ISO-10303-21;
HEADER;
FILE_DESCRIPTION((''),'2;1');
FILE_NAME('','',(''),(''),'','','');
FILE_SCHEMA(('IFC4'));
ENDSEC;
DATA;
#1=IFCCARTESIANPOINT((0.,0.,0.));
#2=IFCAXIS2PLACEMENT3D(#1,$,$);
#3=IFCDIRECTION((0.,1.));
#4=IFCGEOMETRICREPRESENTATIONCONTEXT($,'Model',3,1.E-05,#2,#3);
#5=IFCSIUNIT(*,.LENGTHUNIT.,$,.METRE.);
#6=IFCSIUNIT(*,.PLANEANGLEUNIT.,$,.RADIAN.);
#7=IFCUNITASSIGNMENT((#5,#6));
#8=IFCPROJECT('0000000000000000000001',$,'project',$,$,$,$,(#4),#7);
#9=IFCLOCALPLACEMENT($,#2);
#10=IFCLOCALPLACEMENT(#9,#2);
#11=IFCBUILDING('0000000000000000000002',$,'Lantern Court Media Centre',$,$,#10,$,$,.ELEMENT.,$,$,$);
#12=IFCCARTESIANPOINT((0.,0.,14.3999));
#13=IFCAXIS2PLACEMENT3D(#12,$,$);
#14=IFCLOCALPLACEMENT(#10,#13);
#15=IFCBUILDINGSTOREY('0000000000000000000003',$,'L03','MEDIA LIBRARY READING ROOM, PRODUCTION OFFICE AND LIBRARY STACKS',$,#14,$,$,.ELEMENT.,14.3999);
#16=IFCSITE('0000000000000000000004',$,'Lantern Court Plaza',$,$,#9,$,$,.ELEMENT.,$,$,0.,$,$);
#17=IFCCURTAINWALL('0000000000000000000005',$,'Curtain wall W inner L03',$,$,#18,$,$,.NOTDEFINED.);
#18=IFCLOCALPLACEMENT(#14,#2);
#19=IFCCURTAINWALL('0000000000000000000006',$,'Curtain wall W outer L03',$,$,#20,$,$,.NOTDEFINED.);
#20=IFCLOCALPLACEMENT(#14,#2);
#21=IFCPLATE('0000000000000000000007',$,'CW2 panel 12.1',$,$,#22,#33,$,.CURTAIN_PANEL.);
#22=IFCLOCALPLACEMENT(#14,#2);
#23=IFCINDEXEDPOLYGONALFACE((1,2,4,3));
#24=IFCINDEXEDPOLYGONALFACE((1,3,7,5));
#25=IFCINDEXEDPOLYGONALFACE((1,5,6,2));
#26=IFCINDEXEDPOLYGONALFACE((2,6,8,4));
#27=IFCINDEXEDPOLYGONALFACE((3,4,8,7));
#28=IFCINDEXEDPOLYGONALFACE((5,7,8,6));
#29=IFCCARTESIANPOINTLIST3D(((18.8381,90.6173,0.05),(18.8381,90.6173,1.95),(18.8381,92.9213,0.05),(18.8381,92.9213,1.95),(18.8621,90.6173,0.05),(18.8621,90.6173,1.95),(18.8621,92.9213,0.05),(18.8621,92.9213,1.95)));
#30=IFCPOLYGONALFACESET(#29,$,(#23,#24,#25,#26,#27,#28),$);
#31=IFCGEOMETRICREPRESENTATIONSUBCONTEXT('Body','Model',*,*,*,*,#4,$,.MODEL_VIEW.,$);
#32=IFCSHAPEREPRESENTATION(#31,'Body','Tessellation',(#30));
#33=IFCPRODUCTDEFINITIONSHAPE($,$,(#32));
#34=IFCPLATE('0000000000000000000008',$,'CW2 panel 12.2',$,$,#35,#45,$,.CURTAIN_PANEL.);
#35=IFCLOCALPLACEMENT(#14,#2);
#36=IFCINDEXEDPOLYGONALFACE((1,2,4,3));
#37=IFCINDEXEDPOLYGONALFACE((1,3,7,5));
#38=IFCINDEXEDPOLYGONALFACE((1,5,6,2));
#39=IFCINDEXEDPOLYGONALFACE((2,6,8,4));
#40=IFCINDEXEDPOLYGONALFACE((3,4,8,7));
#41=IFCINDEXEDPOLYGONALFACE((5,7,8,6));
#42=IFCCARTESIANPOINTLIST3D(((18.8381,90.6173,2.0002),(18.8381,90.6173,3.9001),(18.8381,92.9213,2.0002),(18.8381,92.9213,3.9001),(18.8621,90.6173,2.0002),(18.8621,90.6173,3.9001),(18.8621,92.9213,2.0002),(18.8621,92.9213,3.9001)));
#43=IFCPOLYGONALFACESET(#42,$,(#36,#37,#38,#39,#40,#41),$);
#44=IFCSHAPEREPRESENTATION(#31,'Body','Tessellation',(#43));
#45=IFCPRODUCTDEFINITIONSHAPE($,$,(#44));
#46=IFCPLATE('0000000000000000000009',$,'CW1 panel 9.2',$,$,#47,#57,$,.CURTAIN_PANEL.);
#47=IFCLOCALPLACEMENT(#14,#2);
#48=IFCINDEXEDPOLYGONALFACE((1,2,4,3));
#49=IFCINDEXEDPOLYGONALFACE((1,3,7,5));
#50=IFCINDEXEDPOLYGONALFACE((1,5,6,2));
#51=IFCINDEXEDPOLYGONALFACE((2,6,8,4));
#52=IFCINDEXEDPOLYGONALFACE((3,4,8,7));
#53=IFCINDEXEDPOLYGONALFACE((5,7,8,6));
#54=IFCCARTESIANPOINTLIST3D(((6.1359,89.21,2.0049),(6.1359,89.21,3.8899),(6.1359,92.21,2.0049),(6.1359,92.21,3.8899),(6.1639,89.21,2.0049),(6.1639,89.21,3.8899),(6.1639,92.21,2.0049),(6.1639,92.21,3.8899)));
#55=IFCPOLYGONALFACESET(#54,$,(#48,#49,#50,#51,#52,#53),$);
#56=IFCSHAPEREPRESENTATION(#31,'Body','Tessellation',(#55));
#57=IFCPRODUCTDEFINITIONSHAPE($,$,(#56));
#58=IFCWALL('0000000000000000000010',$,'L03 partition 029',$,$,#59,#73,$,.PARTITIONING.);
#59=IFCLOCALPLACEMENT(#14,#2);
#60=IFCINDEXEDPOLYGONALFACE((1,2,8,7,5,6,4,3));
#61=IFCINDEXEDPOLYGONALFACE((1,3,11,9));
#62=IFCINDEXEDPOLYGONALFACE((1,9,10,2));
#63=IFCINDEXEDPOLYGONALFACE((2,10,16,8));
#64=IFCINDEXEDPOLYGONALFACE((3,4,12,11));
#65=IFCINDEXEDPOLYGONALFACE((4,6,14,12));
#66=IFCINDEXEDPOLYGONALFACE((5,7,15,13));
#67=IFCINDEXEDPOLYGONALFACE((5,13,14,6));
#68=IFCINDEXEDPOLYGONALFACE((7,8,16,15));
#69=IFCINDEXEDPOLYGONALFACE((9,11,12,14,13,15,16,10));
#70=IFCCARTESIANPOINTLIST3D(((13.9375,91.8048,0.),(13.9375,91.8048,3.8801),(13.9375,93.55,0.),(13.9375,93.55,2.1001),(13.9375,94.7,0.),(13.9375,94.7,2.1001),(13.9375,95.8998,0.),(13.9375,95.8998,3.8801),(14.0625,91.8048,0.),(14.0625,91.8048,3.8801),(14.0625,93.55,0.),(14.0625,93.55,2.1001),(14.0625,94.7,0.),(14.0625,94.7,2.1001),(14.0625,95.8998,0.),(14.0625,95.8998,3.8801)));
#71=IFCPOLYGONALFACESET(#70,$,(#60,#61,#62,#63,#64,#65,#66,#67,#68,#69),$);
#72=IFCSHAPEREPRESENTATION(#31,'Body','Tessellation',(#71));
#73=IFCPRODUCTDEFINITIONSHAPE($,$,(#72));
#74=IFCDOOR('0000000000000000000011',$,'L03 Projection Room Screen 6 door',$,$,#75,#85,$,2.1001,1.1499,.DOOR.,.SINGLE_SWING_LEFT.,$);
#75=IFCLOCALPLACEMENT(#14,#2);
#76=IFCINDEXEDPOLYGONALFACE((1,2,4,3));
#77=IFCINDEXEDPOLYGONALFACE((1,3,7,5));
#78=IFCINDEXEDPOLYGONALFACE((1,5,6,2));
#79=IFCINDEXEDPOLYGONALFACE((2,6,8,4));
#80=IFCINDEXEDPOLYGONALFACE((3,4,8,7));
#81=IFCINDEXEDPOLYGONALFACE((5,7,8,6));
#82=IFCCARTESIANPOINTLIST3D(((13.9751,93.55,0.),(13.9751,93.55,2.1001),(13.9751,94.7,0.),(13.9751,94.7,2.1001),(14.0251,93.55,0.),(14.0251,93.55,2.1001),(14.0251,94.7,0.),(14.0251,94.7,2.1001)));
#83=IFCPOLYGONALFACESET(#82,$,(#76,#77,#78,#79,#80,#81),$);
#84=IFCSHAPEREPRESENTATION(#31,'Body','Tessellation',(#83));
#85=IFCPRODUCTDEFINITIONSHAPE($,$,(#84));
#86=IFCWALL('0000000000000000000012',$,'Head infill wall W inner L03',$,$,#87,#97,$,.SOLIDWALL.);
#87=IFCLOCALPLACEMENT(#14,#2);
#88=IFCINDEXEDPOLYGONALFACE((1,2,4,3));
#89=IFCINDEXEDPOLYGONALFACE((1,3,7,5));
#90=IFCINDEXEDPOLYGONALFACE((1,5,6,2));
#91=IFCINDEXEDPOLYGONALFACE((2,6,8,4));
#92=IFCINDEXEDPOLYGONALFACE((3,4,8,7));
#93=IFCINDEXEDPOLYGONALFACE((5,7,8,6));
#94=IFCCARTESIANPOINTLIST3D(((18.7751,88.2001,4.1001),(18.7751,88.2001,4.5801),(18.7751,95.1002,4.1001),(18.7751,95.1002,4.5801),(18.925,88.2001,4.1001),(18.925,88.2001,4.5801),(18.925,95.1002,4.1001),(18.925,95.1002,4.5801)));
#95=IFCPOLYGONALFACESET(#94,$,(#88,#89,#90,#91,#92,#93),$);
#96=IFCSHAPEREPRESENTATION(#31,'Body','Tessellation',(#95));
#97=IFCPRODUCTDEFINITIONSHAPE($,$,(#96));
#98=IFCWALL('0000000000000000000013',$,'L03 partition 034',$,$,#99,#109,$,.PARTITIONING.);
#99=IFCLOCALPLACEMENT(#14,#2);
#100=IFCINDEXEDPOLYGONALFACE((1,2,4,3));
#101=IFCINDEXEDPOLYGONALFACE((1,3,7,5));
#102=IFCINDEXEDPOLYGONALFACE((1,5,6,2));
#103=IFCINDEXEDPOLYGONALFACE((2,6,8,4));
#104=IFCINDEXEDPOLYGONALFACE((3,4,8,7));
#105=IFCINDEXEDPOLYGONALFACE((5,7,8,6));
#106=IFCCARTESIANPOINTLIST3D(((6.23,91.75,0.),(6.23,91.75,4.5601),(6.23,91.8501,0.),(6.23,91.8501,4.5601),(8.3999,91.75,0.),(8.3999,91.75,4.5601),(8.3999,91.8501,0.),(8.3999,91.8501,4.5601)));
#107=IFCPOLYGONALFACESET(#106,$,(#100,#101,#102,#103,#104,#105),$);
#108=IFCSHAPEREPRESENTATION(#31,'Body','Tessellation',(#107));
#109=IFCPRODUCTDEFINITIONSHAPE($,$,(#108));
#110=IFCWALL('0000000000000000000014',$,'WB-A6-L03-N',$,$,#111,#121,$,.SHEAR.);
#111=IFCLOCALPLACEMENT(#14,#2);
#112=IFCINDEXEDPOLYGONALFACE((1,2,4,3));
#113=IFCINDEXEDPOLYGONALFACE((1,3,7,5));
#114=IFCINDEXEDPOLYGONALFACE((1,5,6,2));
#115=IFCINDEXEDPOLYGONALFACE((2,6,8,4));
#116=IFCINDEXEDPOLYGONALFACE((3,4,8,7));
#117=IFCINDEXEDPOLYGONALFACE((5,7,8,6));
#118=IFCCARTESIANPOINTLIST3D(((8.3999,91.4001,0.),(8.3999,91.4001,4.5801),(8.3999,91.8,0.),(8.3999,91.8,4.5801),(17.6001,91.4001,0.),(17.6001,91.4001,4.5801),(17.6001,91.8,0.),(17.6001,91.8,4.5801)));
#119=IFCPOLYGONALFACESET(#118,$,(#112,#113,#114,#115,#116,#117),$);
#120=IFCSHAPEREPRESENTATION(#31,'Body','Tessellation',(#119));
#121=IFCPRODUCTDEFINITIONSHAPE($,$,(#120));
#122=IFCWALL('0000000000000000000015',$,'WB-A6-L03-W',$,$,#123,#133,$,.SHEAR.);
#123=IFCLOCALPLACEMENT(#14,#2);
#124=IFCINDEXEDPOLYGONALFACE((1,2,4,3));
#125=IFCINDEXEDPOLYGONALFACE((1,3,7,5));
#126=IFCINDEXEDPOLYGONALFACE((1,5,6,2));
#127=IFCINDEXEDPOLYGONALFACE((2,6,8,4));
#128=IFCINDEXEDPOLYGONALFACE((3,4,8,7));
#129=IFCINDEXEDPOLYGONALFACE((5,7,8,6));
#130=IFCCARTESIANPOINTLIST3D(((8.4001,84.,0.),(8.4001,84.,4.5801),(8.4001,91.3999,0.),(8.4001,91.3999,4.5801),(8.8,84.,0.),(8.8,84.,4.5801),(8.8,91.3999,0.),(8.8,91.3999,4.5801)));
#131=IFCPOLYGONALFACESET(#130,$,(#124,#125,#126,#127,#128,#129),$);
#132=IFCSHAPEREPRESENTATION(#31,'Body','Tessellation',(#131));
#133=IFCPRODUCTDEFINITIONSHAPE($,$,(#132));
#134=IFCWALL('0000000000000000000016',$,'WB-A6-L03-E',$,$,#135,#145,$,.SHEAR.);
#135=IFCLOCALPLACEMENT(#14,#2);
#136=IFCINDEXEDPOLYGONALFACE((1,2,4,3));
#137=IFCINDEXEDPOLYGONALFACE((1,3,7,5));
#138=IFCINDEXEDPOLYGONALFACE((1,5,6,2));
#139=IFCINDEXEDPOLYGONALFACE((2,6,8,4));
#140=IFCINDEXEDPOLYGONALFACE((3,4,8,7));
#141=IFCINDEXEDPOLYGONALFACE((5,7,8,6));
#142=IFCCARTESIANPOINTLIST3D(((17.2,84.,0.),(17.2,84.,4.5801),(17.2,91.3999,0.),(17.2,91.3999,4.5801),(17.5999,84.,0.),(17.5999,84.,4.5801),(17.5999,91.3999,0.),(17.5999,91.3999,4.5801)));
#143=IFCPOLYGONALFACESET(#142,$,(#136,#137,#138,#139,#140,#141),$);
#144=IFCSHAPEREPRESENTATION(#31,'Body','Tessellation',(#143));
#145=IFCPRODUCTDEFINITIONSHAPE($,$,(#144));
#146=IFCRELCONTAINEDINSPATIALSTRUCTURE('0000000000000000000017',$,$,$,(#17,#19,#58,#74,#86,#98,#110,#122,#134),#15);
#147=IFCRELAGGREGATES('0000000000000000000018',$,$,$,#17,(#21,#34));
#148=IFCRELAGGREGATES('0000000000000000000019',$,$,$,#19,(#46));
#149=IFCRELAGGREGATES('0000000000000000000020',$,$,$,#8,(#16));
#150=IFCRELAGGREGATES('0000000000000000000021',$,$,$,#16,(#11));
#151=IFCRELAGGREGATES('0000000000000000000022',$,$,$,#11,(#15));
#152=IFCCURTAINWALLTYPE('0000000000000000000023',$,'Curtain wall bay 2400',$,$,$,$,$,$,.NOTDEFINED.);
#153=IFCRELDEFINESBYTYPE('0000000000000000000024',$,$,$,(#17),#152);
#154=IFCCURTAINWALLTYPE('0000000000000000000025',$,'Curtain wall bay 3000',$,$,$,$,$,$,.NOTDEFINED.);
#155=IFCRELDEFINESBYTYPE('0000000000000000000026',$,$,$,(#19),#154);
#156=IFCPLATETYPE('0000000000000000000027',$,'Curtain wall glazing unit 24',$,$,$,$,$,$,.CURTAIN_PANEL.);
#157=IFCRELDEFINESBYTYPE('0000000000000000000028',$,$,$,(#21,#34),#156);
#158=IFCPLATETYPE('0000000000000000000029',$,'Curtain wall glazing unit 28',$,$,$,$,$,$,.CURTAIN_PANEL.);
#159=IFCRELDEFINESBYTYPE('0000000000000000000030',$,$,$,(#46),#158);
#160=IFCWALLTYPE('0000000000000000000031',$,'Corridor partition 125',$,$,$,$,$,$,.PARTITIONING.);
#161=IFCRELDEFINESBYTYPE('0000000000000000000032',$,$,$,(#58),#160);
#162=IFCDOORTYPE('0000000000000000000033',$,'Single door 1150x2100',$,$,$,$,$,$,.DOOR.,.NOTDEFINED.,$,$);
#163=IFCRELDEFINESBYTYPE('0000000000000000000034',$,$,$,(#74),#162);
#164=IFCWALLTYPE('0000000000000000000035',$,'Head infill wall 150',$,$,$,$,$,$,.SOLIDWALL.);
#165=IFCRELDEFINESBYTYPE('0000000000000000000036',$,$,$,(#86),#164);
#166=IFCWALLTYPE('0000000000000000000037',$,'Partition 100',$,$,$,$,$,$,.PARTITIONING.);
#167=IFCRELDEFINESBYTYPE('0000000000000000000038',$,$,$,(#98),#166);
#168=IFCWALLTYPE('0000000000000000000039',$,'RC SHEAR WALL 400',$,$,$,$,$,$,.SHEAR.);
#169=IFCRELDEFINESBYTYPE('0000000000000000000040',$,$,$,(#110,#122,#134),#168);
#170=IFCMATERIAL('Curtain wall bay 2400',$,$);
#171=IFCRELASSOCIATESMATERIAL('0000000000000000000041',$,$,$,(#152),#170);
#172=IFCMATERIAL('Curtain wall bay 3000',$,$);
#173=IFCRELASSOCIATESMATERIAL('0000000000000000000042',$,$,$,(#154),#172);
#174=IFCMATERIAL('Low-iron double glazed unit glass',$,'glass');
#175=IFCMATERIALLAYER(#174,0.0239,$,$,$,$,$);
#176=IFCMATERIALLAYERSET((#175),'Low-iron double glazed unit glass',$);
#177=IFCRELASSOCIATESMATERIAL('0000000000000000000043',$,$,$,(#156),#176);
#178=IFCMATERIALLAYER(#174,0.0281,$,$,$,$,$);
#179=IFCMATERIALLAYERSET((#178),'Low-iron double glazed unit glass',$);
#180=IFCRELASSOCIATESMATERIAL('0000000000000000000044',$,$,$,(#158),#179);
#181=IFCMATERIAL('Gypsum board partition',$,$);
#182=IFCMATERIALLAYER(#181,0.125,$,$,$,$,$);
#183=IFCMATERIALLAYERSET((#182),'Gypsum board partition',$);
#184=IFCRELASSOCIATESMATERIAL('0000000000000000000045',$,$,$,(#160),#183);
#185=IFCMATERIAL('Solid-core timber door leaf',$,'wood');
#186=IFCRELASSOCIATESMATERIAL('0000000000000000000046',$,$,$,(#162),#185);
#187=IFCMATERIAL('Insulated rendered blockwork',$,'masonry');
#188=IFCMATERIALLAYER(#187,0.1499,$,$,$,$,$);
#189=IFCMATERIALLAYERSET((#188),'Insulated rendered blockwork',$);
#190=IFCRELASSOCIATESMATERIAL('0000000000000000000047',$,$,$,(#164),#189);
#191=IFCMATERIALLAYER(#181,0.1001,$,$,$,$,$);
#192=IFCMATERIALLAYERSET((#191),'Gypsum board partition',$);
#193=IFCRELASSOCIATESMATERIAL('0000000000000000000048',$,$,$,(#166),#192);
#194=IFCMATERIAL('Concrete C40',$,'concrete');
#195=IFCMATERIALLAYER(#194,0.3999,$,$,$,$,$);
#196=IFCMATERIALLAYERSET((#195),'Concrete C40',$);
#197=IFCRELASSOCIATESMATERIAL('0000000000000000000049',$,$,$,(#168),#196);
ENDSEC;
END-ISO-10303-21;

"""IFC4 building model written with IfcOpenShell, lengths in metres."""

from ifc_helpers import new_model, si_unit, direction, frame, frame_2d, origin, origin_2d, place, context, subcontext, project, spatial, rectangle, extrude, material, layer, layer_set, type_object, element, fill, aggregate, save


model = new_model("IFC4")

# Units and contexts
model_context = context("Model", 3, precision=1e-05, world=origin(), true_north=direction((0.0, 1.0)))
body_context = subcontext(model_context, "Body", "Model", "MODEL_VIEW")
ifc_project = project(units=[si_unit("LENGTHUNIT", "METRE"), si_unit("PLANEANGLEUNIT", "RADIAN")], contexts=[model_context])

# Site, building, storey
site_placement = place(None, origin())
site = spatial("IfcSite", under=ifc_project, at=site_placement, Name="Lantern Court Plaza", CompositionType="ELEMENT", RefElevation=0.0)
building_placement = place(site_placement, origin())
building = spatial("IfcBuilding", under=site, at=building_placement, Name="Lantern Court Media Centre", CompositionType="ELEMENT")
storey_placement = place(building_placement, frame((0.0, 0.0, 14.3999)))
storey = spatial("IfcBuildingStorey", under=building, at=storey_placement, Name="L03", Description="MEDIA LIBRARY READING ROOM, PRODUCTION OFFICE AND LIBRARY STACKS", CompositionType="ELEMENT", Elevation=14.3999)

# Curtain walls
ifc_material_1 = material(Name="Curtain wall bay 2400")
curtain_wall_type_1 = type_object("IfcCurtainWallType", Name="Curtain wall bay 2400", PredefinedType="NOTDEFINED", material=ifc_material_1)
curtain_wall_1_placement = place(storey_placement, origin())
curtain_wall_1 = element("IfcCurtainWall", 1, at=curtain_wall_1_placement, inside=storey, type_object=curtain_wall_type_1, Name="Curtain wall W inner L03", PredefinedType="NOTDEFINED")
ifc_material_2 = material(Name="Curtain wall bay 3000")
curtain_wall_type_2 = type_object("IfcCurtainWallType", Name="Curtain wall bay 3000", PredefinedType="NOTDEFINED", material=ifc_material_2)
curtain_wall_2_placement = place(storey_placement, origin())
curtain_wall_2 = element("IfcCurtainWall", 2, at=curtain_wall_2_placement, inside=storey, type_object=curtain_wall_type_2, Name="Curtain wall W outer L03", PredefinedType="NOTDEFINED")

# Plates
ifc_material_3 = material(Name="Low-iron double glazed unit glass", Category="glass")
ifc_layer_1 = layer(ifc_material_3, 0.0239)
ifc_layer_set_1 = layer_set([ifc_layer_1], Name="Low-iron double glazed unit glass")
plate_type_1 = type_object("IfcPlateType", Name="Curtain wall glazing unit 24", PredefinedType="CURTAIN_PANEL", material=ifc_layer_set_1)
plate_1_placement = place(storey_placement, frame((18.8501, 91.7693, 0.05), z_axis=(0.0, 0.0, 1.0), x_axis=(0.0, 1.0, 0.0)))
plate_1 = element("IfcPlate", 3, at=plate_1_placement, type_object=plate_type_1, Name="CW2 panel 12.1", PredefinedType="CURTAIN_PANEL", context=body_context, shape_type="SweptSolid", body=[
    extrude(rectangle(XDim=2.304, YDim=0.0239, at=origin_2d()), origin(), (0.0, 0.0, 1.0), 1.8999),
])
plate_2_placement = place(storey_placement, frame((18.8501, 91.7693, 2.0002), z_axis=(0.0, 0.0, 1.0), x_axis=(0.0, 1.0, 0.0)))
plate_2 = element("IfcPlate", 4, at=plate_2_placement, type_object=plate_type_1, Name="CW2 panel 12.2", PredefinedType="CURTAIN_PANEL", context=body_context, shape_type="SweptSolid", body=[
    extrude(rectangle(XDim=2.304, YDim=0.0239, at=origin_2d()), origin(), (0.0, 0.0, 1.0), 1.8999),
])
aggregate(curtain_wall_1, [plate_1, plate_2])
ifc_layer_2 = layer(ifc_material_3, 0.0281)
ifc_layer_set_2 = layer_set([ifc_layer_2], Name="Low-iron double glazed unit glass")
plate_type_2 = type_object("IfcPlateType", Name="Curtain wall glazing unit 28", PredefinedType="CURTAIN_PANEL", material=ifc_layer_set_2)
plate_3_placement = place(storey_placement, frame((6.1499, 90.71, 2.0049), z_axis=(0.0, 0.0, 1.0), x_axis=(0.0, 1.0, 0.0)))
plate_3 = element("IfcPlate", 5, at=plate_3_placement, type_object=plate_type_2, Name="CW1 panel 9.2", PredefinedType="CURTAIN_PANEL", context=body_context, shape_type="SweptSolid", body=[
    extrude(rectangle(XDim=3.0, YDim=0.0281, at=origin_2d()), origin(), (0.0, 0.0, 1.0), 1.885),
])
aggregate(curtain_wall_2, [plate_3])

# Wall, opening, door
ifc_material_4 = material(Name="Gypsum board partition")
ifc_layer_3 = layer(ifc_material_4, 0.125)
ifc_layer_set_3 = layer_set([ifc_layer_3], Name="Gypsum board partition")
wall_type_1 = type_object("IfcWallType", Name="Corridor partition 125", PredefinedType="PARTITIONING", material=ifc_layer_set_3)
wall_1_placement = place(storey_placement, frame((14.0, 91.8049, 0.0), z_axis=(0.0, 0.0, 1.0), x_axis=(0.0, 1.0, 0.0)))
wall_1 = element("IfcWall", 6, at=wall_1_placement, inside=storey, type_object=wall_type_1, Name="L03 partition 029", PredefinedType="PARTITIONING", context=body_context, shape_type="SweptSolid", body=[
    extrude(rectangle(XDim=4.095, YDim=0.125, at=frame_2d((2.0474, 0.0))), origin(), (0.0, 0.0, 1.0), 3.8801),
])
opening_placement = place(wall_1_placement, frame((1.7451, 0.0, 0.0)))
opening = element("IfcOpeningElement", 7, at=opening_placement, cuts=wall_1, PredefinedType="OPENING", context=body_context, shape_type="SweptSolid", body=[
    extrude(rectangle(XDim=1.1499, YDim=2.1001, at=frame_2d((0.575, 1.05))), frame((0.0, 0.0725, 0.0), z_axis=(0.0, -1.0, 0.0), x_axis=(1.0, 0.0, 0.0)), (0.0, 0.0, 1.0), 0.145),
])
ifc_material_5 = material(Name="Solid-core timber door leaf", Category="wood")
door_type = type_object("IfcDoorType", Name="Single door 1150x2100", OperationType="NOTDEFINED", PredefinedType="DOOR", material=ifc_material_5)
door_placement = place(opening_placement, origin())
door = element("IfcDoor", 8, at=door_placement, inside=storey, type_object=door_type, Name="L03 Projection Room Screen 6 door", OperationType="SINGLE_SWING_LEFT", OverallHeight=2.1001, OverallWidth=1.1499, PredefinedType="DOOR", context=body_context, shape_type="SweptSolid", body=[
    extrude(rectangle(XDim=1.1499, YDim=2.1001, at=frame_2d((0.575, 1.05))), frame((0.0, 0.0249, 0.0), z_axis=(0.0, -1.0, 0.0), x_axis=(1.0, 0.0, 0.0)), (0.0, 0.0, 1.0), 0.05),
])
fill(opening, door)

# Walls
ifc_material_6 = material(Name="Insulated rendered blockwork", Category="masonry")
ifc_layer_4 = layer(ifc_material_6, 0.1499)
ifc_layer_set_4 = layer_set([ifc_layer_4], Name="Insulated rendered blockwork")
wall_type_2 = type_object("IfcWallType", Name="Head infill wall 150", PredefinedType="SOLIDWALL", material=ifc_layer_set_4)
wall_2_placement = place(storey_placement, frame((18.8501, 88.2, 4.1001), z_axis=(0.0, 0.0, 1.0), x_axis=(0.0, 1.0, 0.0)))
element("IfcWall", 9, at=wall_2_placement, inside=storey, type_object=wall_type_2, Name="Head infill wall W inner L03", PredefinedType="SOLIDWALL", context=body_context, shape_type="SweptSolid", body=[
    extrude(rectangle(XDim=6.9001, YDim=0.1499, at=frame_2d((3.4502, 0.0))), origin(), (0.0, 0.0, 1.0), 0.48),
])
ifc_layer_5 = layer(ifc_material_4, 0.1001)
ifc_layer_set_5 = layer_set([ifc_layer_5], Name="Gypsum board partition")
wall_type_3 = type_object("IfcWallType", Name="Partition 100", PredefinedType="PARTITIONING", material=ifc_layer_set_5)
wall_3_placement = place(storey_placement, frame((6.23, 91.8, 0.0), z_axis=(0.0, 0.0, 1.0), x_axis=(1.0, 0.0, 0.0)))
element("IfcWall", 10, at=wall_3_placement, inside=storey, type_object=wall_type_3, Name="L03 partition 034", PredefinedType="PARTITIONING", context=body_context, shape_type="SweptSolid", body=[
    extrude(rectangle(XDim=2.1699, YDim=0.1001, at=frame_2d((1.085, 0.0))), origin(), (0.0, 0.0, 1.0), 4.5601),
])
ifc_material_7 = material(Name="Concrete C40", Category="concrete")
ifc_layer_6 = layer(ifc_material_7, 0.3999)
ifc_layer_set_6 = layer_set([ifc_layer_6], Name="Concrete C40")
wall_type_4 = type_object("IfcWallType", Name="RC SHEAR WALL 400", PredefinedType="SHEAR", material=ifc_layer_set_6)
wall_4_placement = place(storey_placement, frame((8.3999, 91.6001, 0.0), z_axis=(0.0, 0.0, 1.0), x_axis=(1.0, 0.0, 0.0)))
element("IfcWall", 11, at=wall_4_placement, inside=storey, type_object=wall_type_4, Name="WB-A6-L03-N", PredefinedType="SHEAR", context=body_context, shape_type="SweptSolid", body=[
    extrude(rectangle(XDim=9.2002, YDim=0.3999, at=frame_2d((4.6001, 0.0))), origin(), (0.0, 0.0, 1.0), 4.5801),
])
for number, where, z_axis, x_axis, name in (
    (12, (8.6001, 84.0, 0.0), (0.0, 0.0, 1.0), (0.0, 1.0, 0.0), "WB-A6-L03-W"),
    (13, (17.3999, 84.0, 0.0), (0.0, 0.0, 1.0), (0.0, 1.0, 0.0), "WB-A6-L03-E"),
):
    element("IfcWall", number, at=place(storey_placement, frame(where, z_axis=z_axis, x_axis=x_axis)), inside=storey, type_object=wall_type_4, Name=name, PredefinedType="SHEAR", context=body_context, shape_type="SweptSolid", body=[
        extrude(rectangle(XDim=7.3999, YDim=0.3999, at=frame_2d((3.7, 0.0))), origin(), (0.0, 0.0, 1.0), 4.5801),
    ])

save(model, "model.ifc")
